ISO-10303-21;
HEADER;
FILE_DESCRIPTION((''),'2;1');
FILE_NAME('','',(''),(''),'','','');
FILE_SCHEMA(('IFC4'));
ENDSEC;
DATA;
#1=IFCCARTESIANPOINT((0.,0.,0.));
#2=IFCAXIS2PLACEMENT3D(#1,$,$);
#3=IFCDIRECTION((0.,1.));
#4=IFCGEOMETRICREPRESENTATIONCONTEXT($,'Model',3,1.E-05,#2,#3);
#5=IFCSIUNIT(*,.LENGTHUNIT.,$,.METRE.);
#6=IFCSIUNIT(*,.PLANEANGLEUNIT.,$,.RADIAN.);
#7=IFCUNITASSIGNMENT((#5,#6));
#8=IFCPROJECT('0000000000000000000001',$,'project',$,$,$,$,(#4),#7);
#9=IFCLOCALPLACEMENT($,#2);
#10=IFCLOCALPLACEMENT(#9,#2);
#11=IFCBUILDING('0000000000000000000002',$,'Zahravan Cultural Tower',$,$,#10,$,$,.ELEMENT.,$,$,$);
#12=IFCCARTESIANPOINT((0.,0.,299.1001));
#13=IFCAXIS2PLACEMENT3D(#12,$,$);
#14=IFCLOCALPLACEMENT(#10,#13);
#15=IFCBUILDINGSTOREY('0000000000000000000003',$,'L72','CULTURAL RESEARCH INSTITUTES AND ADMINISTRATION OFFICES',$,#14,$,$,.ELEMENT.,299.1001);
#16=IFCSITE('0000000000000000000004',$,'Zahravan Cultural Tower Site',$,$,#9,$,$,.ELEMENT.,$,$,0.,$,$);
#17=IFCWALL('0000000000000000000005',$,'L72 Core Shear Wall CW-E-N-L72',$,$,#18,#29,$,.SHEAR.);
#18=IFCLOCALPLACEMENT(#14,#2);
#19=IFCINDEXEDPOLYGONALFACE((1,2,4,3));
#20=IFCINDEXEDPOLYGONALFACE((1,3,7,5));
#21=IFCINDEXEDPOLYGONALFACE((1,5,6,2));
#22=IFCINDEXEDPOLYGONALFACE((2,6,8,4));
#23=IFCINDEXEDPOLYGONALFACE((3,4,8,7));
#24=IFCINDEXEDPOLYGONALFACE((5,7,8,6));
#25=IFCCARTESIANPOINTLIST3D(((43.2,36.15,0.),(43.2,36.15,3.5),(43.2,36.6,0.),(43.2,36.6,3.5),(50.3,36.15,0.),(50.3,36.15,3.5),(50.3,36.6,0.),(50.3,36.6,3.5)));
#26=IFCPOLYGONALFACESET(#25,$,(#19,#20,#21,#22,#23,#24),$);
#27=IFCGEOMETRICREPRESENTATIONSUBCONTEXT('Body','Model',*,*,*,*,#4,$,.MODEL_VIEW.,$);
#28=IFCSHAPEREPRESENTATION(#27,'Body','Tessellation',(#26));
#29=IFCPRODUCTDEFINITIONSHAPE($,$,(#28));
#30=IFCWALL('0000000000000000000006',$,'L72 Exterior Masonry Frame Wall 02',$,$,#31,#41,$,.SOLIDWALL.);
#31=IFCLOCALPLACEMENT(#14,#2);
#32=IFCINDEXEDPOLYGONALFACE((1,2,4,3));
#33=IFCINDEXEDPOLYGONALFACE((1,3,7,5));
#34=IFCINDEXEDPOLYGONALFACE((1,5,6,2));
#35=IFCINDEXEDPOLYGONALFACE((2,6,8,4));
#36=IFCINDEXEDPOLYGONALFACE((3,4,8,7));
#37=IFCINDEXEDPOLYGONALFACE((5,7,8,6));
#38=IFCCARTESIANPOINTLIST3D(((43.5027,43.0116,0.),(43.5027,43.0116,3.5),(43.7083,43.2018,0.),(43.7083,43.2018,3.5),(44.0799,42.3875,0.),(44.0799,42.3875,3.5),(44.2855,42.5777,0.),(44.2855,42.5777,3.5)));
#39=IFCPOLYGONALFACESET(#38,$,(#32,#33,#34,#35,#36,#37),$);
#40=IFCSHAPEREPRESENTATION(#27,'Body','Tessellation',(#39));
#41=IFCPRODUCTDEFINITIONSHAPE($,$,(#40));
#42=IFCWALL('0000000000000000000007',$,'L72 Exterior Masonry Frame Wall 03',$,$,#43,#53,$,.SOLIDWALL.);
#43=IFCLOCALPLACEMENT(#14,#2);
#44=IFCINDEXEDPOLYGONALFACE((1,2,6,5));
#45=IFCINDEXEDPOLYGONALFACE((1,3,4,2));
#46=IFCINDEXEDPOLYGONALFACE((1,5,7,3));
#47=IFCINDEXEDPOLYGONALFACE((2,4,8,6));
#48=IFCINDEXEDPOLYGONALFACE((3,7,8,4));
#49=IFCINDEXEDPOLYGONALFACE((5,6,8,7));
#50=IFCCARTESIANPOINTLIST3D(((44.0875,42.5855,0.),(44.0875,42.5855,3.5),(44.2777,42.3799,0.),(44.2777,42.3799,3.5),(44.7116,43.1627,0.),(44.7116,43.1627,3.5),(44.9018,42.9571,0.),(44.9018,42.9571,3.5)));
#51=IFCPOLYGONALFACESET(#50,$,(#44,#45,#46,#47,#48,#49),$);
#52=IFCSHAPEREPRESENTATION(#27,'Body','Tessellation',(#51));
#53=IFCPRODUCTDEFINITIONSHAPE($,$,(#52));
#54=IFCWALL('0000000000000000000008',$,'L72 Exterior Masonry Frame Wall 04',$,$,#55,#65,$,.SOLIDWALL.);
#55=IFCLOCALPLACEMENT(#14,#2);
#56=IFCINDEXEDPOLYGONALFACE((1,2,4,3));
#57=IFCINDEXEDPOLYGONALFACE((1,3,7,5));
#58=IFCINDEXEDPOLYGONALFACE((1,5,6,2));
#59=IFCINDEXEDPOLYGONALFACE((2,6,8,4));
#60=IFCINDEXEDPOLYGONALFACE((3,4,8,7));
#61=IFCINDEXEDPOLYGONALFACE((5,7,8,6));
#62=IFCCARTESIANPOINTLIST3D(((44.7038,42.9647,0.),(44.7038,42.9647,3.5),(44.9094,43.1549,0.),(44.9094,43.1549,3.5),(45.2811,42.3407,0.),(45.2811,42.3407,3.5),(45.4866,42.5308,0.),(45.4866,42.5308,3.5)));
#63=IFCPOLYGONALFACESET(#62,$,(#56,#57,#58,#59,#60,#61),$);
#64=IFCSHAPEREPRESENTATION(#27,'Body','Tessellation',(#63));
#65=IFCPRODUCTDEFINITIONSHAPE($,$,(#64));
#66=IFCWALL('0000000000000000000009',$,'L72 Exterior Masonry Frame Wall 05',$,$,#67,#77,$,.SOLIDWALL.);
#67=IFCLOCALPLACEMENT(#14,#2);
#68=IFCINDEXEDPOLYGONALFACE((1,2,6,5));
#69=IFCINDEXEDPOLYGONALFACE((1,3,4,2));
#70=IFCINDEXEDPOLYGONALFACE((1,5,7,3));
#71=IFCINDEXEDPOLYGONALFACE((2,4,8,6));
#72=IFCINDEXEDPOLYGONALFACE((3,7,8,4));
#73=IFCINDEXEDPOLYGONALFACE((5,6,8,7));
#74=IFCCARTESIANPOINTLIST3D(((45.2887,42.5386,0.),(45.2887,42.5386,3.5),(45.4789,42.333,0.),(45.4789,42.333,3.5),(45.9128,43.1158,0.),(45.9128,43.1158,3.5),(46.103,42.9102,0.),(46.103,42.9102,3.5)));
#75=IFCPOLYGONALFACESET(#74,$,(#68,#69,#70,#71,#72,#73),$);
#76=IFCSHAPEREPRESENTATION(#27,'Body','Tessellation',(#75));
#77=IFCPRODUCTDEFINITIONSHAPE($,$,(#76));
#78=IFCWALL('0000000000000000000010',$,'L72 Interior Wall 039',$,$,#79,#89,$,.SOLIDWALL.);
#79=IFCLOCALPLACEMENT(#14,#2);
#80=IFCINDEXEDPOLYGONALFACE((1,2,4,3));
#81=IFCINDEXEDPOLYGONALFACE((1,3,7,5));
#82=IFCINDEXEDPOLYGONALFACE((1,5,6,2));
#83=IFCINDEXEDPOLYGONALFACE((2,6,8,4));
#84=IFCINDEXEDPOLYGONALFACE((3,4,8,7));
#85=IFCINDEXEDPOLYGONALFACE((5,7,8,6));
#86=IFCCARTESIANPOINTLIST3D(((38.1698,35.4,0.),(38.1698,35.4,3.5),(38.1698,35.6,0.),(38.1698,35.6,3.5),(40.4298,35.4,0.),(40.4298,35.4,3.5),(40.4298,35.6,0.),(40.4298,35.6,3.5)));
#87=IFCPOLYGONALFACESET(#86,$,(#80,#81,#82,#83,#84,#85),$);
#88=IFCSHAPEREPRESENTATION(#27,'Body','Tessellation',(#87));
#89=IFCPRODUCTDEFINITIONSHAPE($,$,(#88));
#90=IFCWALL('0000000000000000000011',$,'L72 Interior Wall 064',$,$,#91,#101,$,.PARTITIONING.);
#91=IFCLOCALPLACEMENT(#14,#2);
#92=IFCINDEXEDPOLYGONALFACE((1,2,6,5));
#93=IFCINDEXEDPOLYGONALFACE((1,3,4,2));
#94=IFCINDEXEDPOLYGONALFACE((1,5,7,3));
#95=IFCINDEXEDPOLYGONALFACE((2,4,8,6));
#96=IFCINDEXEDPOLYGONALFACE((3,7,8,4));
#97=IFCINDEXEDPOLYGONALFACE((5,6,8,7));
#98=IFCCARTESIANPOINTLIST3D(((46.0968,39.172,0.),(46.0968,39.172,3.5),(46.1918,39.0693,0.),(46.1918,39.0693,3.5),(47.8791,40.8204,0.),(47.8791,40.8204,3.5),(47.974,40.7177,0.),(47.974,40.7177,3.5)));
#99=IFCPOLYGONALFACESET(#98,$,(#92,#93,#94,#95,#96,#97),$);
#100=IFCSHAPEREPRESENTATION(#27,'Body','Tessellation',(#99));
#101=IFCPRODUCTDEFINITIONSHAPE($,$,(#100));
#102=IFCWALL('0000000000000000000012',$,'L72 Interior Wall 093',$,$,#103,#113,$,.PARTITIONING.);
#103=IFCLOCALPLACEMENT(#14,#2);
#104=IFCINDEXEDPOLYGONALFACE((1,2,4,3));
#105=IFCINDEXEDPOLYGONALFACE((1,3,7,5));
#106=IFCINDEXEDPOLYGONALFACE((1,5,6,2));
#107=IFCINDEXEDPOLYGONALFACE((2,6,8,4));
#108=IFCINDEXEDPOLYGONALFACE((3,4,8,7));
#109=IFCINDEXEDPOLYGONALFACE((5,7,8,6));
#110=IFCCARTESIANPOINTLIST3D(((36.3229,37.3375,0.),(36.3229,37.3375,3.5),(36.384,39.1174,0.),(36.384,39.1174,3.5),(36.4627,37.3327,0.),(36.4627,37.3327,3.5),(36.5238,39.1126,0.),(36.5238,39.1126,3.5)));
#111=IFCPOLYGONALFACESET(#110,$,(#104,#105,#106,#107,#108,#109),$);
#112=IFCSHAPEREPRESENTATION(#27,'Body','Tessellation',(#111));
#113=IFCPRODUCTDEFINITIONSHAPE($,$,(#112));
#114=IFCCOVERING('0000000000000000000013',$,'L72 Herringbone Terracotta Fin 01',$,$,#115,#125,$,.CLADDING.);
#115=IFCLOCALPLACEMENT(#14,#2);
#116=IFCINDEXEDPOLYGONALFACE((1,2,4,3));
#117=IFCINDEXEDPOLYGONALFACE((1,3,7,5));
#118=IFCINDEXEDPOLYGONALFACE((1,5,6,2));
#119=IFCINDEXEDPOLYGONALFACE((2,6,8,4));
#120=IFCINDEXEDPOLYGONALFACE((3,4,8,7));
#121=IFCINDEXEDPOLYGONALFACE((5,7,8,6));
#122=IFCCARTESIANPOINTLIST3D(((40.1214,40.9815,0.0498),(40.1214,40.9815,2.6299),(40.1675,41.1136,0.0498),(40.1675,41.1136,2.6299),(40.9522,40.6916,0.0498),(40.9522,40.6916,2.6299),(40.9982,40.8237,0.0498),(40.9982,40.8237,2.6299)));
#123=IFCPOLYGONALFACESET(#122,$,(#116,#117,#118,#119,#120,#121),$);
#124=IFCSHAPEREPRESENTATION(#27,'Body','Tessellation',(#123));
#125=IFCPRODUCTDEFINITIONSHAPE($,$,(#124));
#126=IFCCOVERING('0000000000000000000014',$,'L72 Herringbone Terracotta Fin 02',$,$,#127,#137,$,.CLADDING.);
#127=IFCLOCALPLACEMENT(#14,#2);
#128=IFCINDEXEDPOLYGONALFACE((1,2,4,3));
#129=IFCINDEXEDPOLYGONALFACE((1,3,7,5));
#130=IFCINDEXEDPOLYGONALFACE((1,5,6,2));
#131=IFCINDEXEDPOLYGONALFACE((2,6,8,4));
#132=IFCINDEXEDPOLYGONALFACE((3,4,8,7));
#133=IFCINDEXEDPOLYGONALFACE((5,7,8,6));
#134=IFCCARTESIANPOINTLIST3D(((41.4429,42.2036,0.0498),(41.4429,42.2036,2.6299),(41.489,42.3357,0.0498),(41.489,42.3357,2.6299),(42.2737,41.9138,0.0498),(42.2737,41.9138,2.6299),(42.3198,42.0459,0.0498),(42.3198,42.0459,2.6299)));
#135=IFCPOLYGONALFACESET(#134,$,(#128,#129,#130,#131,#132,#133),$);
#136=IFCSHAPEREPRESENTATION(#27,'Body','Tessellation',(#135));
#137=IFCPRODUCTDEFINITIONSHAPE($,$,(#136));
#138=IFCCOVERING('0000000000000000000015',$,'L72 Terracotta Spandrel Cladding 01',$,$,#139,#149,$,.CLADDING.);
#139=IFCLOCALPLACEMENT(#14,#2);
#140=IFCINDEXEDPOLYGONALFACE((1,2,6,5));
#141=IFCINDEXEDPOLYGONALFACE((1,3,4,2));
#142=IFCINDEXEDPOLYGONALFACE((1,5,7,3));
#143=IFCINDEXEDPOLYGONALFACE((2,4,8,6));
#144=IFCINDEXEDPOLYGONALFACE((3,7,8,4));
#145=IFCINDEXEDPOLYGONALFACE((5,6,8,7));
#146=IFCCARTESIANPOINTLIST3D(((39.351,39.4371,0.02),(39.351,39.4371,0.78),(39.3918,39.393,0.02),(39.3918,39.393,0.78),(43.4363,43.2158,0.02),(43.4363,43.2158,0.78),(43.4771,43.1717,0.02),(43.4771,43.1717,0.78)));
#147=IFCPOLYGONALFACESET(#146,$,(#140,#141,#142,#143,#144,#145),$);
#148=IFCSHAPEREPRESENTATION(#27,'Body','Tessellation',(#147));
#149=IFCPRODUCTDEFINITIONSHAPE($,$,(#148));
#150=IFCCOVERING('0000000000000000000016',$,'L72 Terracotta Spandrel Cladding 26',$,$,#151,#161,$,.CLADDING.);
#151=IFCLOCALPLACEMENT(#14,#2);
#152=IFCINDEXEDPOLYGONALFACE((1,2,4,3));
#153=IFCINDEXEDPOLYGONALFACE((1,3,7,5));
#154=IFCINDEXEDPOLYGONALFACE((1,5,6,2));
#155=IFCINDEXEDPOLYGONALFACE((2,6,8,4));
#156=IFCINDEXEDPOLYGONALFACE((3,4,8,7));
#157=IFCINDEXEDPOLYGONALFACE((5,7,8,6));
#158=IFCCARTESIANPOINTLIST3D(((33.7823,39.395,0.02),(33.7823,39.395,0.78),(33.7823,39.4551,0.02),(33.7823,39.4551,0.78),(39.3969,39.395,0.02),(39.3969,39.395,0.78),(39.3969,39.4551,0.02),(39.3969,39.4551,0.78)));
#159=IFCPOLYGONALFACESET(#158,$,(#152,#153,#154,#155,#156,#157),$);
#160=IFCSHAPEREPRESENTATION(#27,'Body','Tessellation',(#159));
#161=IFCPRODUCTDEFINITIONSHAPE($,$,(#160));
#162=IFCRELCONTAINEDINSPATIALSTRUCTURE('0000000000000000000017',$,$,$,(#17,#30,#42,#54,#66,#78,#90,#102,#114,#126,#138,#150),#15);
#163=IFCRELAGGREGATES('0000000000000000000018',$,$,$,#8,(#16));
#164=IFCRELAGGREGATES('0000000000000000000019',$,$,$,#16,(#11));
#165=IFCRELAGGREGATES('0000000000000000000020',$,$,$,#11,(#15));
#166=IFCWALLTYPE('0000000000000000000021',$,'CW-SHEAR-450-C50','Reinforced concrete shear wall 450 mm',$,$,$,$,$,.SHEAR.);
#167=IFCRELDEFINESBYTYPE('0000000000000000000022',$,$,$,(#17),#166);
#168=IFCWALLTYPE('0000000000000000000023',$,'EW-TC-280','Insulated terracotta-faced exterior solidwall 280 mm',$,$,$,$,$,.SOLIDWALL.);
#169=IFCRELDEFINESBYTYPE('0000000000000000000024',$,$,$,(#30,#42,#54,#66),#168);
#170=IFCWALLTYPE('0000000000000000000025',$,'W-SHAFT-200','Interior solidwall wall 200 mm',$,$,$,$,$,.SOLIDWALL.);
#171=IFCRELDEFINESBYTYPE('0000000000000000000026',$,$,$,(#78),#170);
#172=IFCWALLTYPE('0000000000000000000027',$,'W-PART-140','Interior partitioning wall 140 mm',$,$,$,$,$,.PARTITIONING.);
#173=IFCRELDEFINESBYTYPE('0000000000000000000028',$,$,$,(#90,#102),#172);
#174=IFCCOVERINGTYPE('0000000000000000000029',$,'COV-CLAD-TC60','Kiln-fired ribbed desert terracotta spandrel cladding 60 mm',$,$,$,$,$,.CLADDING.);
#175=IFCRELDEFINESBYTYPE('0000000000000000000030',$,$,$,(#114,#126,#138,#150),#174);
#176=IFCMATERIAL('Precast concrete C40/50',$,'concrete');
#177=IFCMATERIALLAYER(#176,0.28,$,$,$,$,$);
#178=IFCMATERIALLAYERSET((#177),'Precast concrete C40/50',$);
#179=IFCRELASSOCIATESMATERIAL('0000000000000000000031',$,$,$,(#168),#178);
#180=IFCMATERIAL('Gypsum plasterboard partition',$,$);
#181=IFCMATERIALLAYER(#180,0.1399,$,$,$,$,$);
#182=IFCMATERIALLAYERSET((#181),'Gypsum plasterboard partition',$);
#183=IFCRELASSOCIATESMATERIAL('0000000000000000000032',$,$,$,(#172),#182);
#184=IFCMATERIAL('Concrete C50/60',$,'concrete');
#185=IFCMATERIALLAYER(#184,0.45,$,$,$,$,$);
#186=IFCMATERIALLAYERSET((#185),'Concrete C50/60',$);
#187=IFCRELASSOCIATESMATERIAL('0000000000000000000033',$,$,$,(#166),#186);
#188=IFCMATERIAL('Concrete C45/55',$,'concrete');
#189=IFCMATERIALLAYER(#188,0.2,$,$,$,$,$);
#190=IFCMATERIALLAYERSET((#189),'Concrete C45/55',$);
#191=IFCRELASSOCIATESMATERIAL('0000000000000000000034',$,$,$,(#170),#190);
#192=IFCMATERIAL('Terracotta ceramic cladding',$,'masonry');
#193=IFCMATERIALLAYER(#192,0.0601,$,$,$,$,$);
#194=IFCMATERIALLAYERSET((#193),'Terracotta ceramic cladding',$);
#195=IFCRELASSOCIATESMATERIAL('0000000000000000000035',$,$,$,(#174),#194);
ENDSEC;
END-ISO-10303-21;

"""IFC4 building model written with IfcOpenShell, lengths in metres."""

from ifc_helpers import new_model, si_unit, direction, frame, frame_2d, origin, origin_2d, place, context, subcontext, project, spatial, rectangle, extrude, source, transform, mapped, material, layer, layer_set, type_object, element, save


model = new_model("IFC4")

# Units and contexts
model_context = context("Model", 3, precision=1e-05, world=origin(), true_north=direction((0.0, 1.0)))
body_context = subcontext(model_context, "Body", "Model", "MODEL_VIEW")
ifc_project = project(units=[si_unit("LENGTHUNIT", "METRE"), si_unit("PLANEANGLEUNIT", "RADIAN")], contexts=[model_context])

# Site, building, storey
site_placement = place(None, origin())
site = spatial("IfcSite", under=ifc_project, at=site_placement, Name="Zahravan Cultural Tower Site", CompositionType="ELEMENT", RefElevation=0.0)
building_placement = place(site_placement, origin())
building = spatial("IfcBuilding", under=site, at=building_placement, Name="Zahravan Cultural Tower", CompositionType="ELEMENT")
storey_placement = place(building_placement, frame((0.0, 0.0, 299.1001)))
storey = spatial("IfcBuildingStorey", under=building, at=storey_placement, Name="L72", Description="CULTURAL RESEARCH INSTITUTES AND ADMINISTRATION OFFICES", CompositionType="ELEMENT", Elevation=299.1001)

# Shared definitions
ifc_material_1 = material(Name="Concrete C50/60", Category="concrete")

# Shared definitions
ifc_material_2 = material(Name="Precast concrete C40/50", Category="concrete")
ifc_layer_1 = layer(ifc_material_2, 0.28)
ifc_layer_set_1 = layer_set([ifc_layer_1], Name="Precast concrete C40/50")
wall_type_1 = type_object("IfcWallType", Name="EW-TC-280", Description="Insulated terracotta-faced exterior solidwall 280 mm", PredefinedType="SOLIDWALL", material=ifc_layer_set_1)

# Shared definitions
ifc_material_3 = material(Name="Gypsum plasterboard partition")
ifc_layer_2 = layer(ifc_material_3, 0.1399)
ifc_layer_set_2 = layer_set([ifc_layer_2], Name="Gypsum plasterboard partition")
wall_type_2 = type_object("IfcWallType", Name="W-PART-140", Description="Interior partitioning wall 140 mm", PredefinedType="PARTITIONING", material=ifc_layer_set_2)

# Walls
ifc_layer_3 = layer(ifc_material_1, 0.45)
ifc_layer_set_3 = layer_set([ifc_layer_3], Name="Concrete C50/60")
wall_type_3 = type_object("IfcWallType", Name="CW-SHEAR-450-C50", Description="Reinforced concrete shear wall 450 mm", PredefinedType="SHEAR", material=ifc_layer_set_3)
shared_shape_1 = source(origin(), body_context, "Body", "SweptSolid", [
    extrude(rectangle(XDim=7.1001, YDim=0.45, at=frame_2d((3.55, 0.0))), origin(), (0.0, 0.0, 1.0), 3.5),
])
wall_1_placement = place(storey_placement, frame((43.2, 36.375, 0.0), z_axis=(0.0, 0.0, 1.0), x_axis=(1.0, 0.0, 0.0)))
element("IfcWall", 1, at=wall_1_placement, inside=storey, type_object=wall_type_3, Name="L72 Core Shear Wall CW-E-N-L72", PredefinedType="SHEAR", context=body_context, shape_type="MappedRepresentation", body=[
    mapped(shared_shape_1, transform((0.0, 0.0, 0.0), x_axis=(1.0, 0.0, 0.0), y_axis=(0.0, 1.0, 0.0), z_axis=(0.0, 0.0, 1.0), scale=1.0)),
])
shared_shape_2 = source(origin(), body_context, "Body", "SweptSolid", [
    extrude(rectangle(XDim=0.8501, YDim=0.28, at=frame_2d((0.425, 0.0))), origin(), (0.0, 0.0, 1.0), 3.5),
])
for number, where, z_axis, x_axis, name in (
    (2, (43.6055, 43.1067, 0.0), (0.0, 0.0, 1.0), (0.678996, -0.734142, 0.0), "L72 Exterior Masonry Frame Wall 02"),
    (3, (44.1826, 42.4827, 0.0), (0.0, 0.0, 1.0), (0.734142, 0.678996, 0.0), "L72 Exterior Masonry Frame Wall 03"),
    (4, (44.8066, 43.0598, 0.0), (0.0, 0.0, 1.0), (0.678996, -0.734142, 0.0), "L72 Exterior Masonry Frame Wall 04"),
    (5, (45.3838, 42.4358, 0.0), (0.0, 0.0, 1.0), (0.734142, 0.678996, 0.0), "L72 Exterior Masonry Frame Wall 05"),
):
    element("IfcWall", number, at=place(storey_placement, frame(where, z_axis=z_axis, x_axis=x_axis)), inside=storey, type_object=wall_type_1, Name=name, PredefinedType="SOLIDWALL", context=body_context, shape_type="MappedRepresentation", body=[
        mapped(shared_shape_2, transform((0.0, 0.0, 0.0), x_axis=(1.0, 0.0, 0.0), y_axis=(0.0, 1.0, 0.0), z_axis=(0.0, 0.0, 1.0), scale=1.0)),
    ])
ifc_material_4 = material(Name="Concrete C45/55", Category="concrete")
ifc_layer_4 = layer(ifc_material_4, 0.2)
ifc_layer_set_4 = layer_set([ifc_layer_4], Name="Concrete C45/55")
wall_type_4 = type_object("IfcWallType", Name="W-SHAFT-200", Description="Interior solidwall wall 200 mm", PredefinedType="SOLIDWALL", material=ifc_layer_set_4)
shared_shape_3 = source(origin(), body_context, "Body", "SweptSolid", [
    extrude(rectangle(XDim=2.26, YDim=0.2, at=frame_2d((1.1299, 0.0))), origin(), (0.0, 0.0, 1.0), 3.5),
])
wall_2_placement = place(storey_placement, frame((38.1699, 35.5, 0.0), z_axis=(0.0, 0.0, 1.0), x_axis=(1.0, 0.0, 0.0)))
element("IfcWall", 6, at=wall_2_placement, inside=storey, type_object=wall_type_4, Name="L72 Interior Wall 039", PredefinedType="SOLIDWALL", context=body_context, shape_type="MappedRepresentation", body=[
    mapped(shared_shape_3, transform((0.0, 0.0, 0.0), x_axis=(1.0, 0.0, 0.0), y_axis=(0.0, 1.0, 0.0), z_axis=(0.0, 0.0, 1.0), scale=1.0)),
])
shared_shape_4 = source(origin(), body_context, "Body", "SweptSolid", [
    extrude(rectangle(XDim=2.4277, YDim=0.1399, at=frame_2d((1.2139, 0.0))), origin(), (0.0, 0.0, 1.0), 3.5),
])
wall_3_placement = place(storey_placement, frame((46.1443, 39.1206, 0.0), z_axis=(0.0, 0.0, 1.0), x_axis=(0.734125, 0.679015, 0.0)))
element("IfcWall", 7, at=wall_3_placement, inside=storey, type_object=wall_type_2, Name="L72 Interior Wall 064", PredefinedType="PARTITIONING", context=body_context, shape_type="MappedRepresentation", body=[
    mapped(shared_shape_4, transform((0.0, 0.0, 0.0), x_axis=(1.0, 0.0, 0.0), y_axis=(0.0, 1.0, 0.0), z_axis=(0.0, 0.0, 1.0), scale=1.0)),
])
shared_shape_5 = source(origin(), body_context, "Body", "SweptSolid", [
    extrude(rectangle(XDim=1.781, YDim=0.1399, at=frame_2d((0.8906, 0.0))), origin(), (0.0, 0.0, 1.0), 3.5),
])
wall_4_placement = place(storey_placement, frame((36.3928, 37.335, 0.0), z_axis=(0.0, 0.0, 1.0), x_axis=(0.034269, 0.999413, 0.0)))
element("IfcWall", 8, at=wall_4_placement, inside=storey, type_object=wall_type_2, Name="L72 Interior Wall 093", PredefinedType="PARTITIONING", context=body_context, shape_type="MappedRepresentation", body=[
    mapped(shared_shape_5, transform((0.0, 0.0, 0.0), x_axis=(1.0, 0.0, 0.0), y_axis=(0.0, 1.0, 0.0), z_axis=(0.0, 0.0, 1.0), scale=1.0)),
])

# Coverings
ifc_material_5 = material(Name="Terracotta ceramic cladding", Category="masonry")
ifc_layer_5 = layer(ifc_material_5, 0.0601)
ifc_layer_set_5 = layer_set([ifc_layer_5], Name="Terracotta ceramic cladding")
covering_type = type_object("IfcCoveringType", Name="COV-CLAD-TC60", Description="Kiln-fired ribbed desert terracotta spandrel cladding 60 mm", PredefinedType="CLADDING", material=ifc_layer_set_5)
shared_shape_6 = source(origin(), body_context, "Body", "SweptSolid", [
    extrude(rectangle(XDim=0.8799, YDim=0.1399, at=origin_2d()), origin(), (0.0, 0.0, 1.0), 2.5801),
])
for number, where, z_axis, x_axis, name in (
    (9, (40.5598, 40.9026, 0.0498), (0.0, 0.0, 1.0), (-0.944187, 0.329411, 0.0), "L72 Herringbone Terracotta Fin 01"),
    (10, (41.8813, 42.1248, 0.0498), (0.0, 0.0, 1.0), (-0.944187, 0.329411, 0.0), "L72 Herringbone Terracotta Fin 02"),
):
    element("IfcCovering", number, at=place(storey_placement, frame(where, z_axis=z_axis, x_axis=x_axis)), inside=storey, type_object=covering_type, Name=name, PredefinedType="CLADDING", context=body_context, shape_type="MappedRepresentation", body=[
        mapped(shared_shape_6, transform((0.0, 0.0, 0.0), x_axis=(1.0, 0.0, 0.0), y_axis=(0.0, 1.0, 0.0), z_axis=(0.0, 0.0, 1.0), scale=1.0)),
    ])
shared_shape_7 = source(origin(), body_context, "Body", "SweptSolid", [
    extrude(rectangle(XDim=5.5649, YDim=0.0601, at=origin_2d()), origin(), (0.0, 0.0, 1.0), 0.76),
])
covering_1_placement = place(storey_placement, frame((41.4141, 41.3044, 0.02), z_axis=(0.0, 0.0, 1.0), x_axis=(0.734121, 0.679019, 0.0)))
element("IfcCovering", 11, at=covering_1_placement, inside=storey, type_object=covering_type, Name="L72 Terracotta Spandrel Cladding 01", PredefinedType="CLADDING", context=body_context, shape_type="MappedRepresentation", body=[
    mapped(shared_shape_7, transform((0.0, 0.0, 0.0), x_axis=(1.0, 0.0, 0.0), y_axis=(0.0, 1.0, 0.0), z_axis=(0.0, 0.0, 1.0), scale=1.0)),
])
shared_shape_8 = source(origin(), body_context, "Body", "SweptSolid", [
    extrude(rectangle(XDim=5.6145, YDim=0.0601, at=origin_2d()), origin(), (0.0, 0.0, 1.0), 0.76),
])
covering_2_placement = place(storey_placement, frame((36.5896, 39.425, 0.02), z_axis=(0.0, 0.0, 1.0), x_axis=(1.0, 0.0, 0.0)))
element("IfcCovering", 12, at=covering_2_placement, inside=storey, type_object=covering_type, Name="L72 Terracotta Spandrel Cladding 26", PredefinedType="CLADDING", context=body_context, shape_type="MappedRepresentation", body=[
    mapped(shared_shape_8, transform((0.0, 0.0, 0.0), x_axis=(1.0, 0.0, 0.0), y_axis=(0.0, 1.0, 0.0), z_axis=(0.0, 0.0, 1.0), scale=1.0)),
])

save(model, "model.ifc")
